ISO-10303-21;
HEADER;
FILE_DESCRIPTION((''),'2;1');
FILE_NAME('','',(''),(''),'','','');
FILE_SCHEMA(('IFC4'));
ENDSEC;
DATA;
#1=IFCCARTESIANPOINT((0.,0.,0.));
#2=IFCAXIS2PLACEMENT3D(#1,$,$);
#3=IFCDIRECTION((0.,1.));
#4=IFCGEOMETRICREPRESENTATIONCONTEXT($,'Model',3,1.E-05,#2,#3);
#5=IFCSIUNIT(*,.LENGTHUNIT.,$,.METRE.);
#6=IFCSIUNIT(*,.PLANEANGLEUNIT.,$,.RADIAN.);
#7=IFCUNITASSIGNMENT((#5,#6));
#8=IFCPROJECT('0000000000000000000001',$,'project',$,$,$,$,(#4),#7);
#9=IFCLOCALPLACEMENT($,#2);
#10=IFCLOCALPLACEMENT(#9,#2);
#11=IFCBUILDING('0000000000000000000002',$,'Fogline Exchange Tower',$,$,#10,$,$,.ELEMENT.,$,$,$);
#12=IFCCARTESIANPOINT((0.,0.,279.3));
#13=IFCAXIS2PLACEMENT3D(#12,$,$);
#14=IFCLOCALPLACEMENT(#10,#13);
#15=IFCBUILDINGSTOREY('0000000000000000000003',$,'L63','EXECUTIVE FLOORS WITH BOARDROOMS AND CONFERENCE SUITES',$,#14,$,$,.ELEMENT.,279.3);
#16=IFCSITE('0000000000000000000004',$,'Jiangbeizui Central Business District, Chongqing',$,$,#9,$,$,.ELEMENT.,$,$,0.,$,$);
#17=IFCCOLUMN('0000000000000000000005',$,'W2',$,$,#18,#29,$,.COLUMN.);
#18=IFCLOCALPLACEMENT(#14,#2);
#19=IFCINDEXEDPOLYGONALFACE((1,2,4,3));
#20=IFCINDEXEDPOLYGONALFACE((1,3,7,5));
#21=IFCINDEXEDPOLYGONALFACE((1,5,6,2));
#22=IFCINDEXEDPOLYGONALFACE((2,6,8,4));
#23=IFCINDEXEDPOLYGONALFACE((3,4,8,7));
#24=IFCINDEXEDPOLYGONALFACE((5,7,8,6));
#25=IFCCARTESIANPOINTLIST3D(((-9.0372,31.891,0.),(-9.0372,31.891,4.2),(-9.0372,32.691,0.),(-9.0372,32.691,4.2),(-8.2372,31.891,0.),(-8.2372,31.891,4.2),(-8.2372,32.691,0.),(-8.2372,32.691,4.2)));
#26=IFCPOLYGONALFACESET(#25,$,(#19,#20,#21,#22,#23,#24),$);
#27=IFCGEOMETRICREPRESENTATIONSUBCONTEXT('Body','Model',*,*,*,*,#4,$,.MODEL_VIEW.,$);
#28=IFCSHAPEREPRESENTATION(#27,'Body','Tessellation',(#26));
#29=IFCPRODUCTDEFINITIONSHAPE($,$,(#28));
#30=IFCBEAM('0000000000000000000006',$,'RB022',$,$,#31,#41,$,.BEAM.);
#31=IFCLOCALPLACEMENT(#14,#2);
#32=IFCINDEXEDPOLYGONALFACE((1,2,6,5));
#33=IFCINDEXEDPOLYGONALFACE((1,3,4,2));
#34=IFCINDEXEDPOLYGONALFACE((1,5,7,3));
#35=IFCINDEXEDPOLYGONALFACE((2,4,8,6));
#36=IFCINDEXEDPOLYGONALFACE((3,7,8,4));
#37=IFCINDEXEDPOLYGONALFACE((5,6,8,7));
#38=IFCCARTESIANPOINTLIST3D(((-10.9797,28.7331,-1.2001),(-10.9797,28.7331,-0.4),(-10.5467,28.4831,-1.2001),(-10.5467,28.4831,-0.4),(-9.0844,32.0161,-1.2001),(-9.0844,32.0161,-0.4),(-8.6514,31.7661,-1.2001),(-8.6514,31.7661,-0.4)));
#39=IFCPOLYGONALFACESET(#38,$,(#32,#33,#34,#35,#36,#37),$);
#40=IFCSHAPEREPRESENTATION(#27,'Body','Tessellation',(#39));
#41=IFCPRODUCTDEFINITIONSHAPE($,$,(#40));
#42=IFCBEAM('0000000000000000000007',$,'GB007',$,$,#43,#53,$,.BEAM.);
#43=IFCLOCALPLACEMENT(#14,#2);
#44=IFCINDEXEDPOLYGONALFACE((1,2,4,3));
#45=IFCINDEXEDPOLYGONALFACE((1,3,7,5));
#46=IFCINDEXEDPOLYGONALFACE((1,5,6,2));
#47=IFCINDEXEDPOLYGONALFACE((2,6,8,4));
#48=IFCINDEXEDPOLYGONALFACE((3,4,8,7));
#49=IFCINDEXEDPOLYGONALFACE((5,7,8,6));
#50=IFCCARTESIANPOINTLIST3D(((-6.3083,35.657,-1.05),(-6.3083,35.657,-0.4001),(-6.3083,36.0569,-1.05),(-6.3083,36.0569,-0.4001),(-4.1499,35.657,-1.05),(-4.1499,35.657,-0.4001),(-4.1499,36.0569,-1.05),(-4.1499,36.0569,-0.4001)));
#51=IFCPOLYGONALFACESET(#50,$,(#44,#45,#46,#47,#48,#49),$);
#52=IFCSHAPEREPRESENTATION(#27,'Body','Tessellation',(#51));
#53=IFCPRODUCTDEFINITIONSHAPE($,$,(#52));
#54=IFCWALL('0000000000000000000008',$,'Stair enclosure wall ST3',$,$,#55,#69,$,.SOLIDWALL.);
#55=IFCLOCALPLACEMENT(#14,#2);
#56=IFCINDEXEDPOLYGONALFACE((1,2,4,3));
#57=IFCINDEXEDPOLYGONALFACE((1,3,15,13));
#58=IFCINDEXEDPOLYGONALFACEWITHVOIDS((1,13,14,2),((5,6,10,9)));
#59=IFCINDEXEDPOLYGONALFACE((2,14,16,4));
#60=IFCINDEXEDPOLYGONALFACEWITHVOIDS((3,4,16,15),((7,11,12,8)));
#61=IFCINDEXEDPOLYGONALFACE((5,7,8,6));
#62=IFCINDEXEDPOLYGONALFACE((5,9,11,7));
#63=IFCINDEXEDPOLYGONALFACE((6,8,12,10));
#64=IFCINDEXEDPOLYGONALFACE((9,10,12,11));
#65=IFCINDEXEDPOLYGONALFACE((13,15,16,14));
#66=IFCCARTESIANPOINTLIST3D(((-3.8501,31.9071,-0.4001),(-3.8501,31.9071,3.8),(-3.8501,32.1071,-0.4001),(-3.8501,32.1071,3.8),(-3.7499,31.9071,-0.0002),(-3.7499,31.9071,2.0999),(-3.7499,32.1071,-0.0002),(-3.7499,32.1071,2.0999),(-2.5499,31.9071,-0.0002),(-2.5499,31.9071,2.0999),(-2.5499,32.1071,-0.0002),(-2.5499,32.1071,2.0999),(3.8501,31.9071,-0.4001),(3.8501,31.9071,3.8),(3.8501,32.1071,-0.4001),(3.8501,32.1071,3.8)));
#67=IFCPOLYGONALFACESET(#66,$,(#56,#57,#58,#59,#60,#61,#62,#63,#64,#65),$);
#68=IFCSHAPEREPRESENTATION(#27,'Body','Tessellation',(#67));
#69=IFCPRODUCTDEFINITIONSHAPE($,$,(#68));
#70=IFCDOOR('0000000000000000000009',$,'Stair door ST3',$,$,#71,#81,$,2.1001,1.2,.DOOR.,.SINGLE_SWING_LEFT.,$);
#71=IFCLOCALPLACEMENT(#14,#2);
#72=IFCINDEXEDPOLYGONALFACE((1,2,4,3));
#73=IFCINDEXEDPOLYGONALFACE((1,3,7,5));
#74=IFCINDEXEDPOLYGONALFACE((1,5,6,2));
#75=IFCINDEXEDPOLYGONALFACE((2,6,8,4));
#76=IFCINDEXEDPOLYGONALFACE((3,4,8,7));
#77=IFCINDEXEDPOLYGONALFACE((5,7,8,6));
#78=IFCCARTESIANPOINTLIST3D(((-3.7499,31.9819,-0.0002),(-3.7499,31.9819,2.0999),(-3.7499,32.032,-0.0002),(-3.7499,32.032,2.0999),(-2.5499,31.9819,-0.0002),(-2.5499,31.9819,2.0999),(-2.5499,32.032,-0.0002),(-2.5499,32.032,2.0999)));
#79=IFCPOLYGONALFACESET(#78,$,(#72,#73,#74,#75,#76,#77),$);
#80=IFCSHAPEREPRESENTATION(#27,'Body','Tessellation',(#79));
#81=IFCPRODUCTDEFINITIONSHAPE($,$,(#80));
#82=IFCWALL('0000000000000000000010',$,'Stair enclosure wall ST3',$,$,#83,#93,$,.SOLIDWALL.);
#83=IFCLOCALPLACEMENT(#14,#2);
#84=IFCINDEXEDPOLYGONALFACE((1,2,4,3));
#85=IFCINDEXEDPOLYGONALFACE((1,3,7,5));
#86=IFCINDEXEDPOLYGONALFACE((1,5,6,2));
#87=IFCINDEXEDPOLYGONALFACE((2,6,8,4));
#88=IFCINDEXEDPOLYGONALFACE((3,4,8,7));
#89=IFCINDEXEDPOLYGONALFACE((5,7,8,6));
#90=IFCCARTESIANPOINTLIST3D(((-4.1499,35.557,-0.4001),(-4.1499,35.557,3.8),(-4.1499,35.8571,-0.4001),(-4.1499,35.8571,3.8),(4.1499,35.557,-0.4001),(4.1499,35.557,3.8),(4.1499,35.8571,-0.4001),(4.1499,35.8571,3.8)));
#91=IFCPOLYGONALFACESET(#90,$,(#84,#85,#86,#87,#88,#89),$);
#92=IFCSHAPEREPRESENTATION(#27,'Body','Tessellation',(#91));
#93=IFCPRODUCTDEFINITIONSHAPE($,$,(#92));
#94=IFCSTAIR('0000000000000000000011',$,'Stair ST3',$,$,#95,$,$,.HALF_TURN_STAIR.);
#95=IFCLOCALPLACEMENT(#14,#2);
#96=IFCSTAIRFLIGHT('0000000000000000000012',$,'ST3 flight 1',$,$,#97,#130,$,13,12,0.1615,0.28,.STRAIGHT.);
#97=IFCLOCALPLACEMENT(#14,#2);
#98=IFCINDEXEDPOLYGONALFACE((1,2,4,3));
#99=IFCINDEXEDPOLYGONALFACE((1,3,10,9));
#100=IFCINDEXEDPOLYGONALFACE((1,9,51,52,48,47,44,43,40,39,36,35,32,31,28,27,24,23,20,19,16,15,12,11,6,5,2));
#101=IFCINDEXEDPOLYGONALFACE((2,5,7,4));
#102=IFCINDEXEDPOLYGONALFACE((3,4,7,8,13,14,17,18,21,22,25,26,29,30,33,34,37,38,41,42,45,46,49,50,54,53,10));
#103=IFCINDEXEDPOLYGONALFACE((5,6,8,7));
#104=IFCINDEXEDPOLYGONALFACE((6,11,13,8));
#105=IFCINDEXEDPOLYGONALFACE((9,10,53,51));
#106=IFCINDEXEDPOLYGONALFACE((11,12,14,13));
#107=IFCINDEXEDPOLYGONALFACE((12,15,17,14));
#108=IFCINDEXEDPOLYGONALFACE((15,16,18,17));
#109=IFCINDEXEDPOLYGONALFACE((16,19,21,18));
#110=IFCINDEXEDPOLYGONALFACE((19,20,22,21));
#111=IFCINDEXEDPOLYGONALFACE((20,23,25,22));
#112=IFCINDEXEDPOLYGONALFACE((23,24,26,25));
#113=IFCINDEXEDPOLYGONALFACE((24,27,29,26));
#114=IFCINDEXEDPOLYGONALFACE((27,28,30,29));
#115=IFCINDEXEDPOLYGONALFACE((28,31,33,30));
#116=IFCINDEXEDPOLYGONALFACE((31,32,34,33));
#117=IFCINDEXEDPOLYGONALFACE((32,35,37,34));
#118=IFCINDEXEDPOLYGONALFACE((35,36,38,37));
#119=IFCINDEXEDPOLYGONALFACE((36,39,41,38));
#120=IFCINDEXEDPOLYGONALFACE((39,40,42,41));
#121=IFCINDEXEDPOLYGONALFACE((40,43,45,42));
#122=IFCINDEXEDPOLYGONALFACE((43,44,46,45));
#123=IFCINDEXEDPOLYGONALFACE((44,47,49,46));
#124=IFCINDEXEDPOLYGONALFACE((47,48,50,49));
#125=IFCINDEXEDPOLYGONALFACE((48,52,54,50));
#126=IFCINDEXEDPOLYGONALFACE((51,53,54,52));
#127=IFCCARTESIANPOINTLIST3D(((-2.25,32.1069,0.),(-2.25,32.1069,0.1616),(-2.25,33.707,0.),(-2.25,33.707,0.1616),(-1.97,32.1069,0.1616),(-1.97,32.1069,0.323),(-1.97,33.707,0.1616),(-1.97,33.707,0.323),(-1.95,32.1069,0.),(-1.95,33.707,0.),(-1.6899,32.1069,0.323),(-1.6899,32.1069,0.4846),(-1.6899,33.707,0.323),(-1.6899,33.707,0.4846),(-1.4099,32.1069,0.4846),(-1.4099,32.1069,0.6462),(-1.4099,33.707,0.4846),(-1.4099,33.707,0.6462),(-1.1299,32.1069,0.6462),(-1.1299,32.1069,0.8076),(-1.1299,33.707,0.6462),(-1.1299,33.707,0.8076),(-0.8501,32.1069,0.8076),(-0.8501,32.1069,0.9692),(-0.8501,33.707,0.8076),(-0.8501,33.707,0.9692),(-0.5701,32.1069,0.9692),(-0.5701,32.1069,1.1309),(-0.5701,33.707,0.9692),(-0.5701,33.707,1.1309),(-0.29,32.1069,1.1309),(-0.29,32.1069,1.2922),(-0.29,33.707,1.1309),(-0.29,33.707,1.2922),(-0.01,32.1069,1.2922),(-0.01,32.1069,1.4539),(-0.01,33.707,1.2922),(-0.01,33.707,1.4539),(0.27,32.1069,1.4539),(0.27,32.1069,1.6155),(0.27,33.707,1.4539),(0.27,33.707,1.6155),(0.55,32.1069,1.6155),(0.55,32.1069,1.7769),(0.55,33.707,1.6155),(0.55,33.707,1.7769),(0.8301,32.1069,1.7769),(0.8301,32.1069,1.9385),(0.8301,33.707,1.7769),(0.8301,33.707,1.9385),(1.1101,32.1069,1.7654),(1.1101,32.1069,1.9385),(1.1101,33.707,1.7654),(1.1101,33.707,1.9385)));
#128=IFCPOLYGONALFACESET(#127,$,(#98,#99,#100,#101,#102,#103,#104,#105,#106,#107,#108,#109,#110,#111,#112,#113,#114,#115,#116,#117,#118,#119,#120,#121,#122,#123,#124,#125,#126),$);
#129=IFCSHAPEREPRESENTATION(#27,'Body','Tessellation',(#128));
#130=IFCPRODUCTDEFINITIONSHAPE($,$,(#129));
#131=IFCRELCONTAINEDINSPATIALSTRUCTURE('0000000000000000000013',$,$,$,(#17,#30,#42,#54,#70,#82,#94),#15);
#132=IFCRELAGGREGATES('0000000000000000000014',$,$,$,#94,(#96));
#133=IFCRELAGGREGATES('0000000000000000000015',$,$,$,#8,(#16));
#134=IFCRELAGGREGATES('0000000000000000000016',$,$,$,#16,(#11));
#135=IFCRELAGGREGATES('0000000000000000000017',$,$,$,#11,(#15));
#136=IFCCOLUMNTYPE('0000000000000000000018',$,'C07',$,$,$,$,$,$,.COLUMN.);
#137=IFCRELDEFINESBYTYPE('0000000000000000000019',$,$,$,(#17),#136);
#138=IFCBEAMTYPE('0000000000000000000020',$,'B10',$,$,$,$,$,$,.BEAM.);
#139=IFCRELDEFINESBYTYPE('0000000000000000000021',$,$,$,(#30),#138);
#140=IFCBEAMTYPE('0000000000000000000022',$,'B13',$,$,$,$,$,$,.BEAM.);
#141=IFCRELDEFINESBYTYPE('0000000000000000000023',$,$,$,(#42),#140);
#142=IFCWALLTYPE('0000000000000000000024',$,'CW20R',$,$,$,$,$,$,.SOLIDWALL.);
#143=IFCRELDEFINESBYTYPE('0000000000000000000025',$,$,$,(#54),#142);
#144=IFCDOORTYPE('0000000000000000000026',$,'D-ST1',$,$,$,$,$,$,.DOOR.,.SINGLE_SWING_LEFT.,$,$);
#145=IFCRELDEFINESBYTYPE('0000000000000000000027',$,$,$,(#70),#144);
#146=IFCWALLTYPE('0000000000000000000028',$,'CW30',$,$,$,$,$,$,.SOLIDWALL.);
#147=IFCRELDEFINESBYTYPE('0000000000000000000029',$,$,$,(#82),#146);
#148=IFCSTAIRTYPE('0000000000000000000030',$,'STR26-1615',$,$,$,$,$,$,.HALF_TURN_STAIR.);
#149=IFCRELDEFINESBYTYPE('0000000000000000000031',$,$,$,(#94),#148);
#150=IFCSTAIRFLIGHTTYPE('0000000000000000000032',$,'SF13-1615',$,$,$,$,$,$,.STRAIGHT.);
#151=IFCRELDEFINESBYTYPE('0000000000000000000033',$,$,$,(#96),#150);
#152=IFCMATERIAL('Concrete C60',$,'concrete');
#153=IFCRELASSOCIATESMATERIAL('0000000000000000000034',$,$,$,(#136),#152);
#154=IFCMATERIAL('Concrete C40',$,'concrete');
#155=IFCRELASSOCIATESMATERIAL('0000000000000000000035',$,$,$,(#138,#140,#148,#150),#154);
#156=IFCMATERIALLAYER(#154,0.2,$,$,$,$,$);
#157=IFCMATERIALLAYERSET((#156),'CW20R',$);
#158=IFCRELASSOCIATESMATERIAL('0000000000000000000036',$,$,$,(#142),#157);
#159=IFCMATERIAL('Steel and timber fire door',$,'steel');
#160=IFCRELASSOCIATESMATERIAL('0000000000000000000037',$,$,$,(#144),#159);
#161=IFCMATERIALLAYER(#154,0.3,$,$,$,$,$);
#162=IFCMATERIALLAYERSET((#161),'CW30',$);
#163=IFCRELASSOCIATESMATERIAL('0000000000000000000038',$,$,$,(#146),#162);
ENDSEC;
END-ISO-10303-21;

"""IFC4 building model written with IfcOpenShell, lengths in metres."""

from ifc_helpers import new_model, si_unit, direction, frame, frame_2d, origin, origin_2d, place, context, subcontext, project, spatial, polyline, rectangle, outline, extrude, material, layer, layer_set, material_profile, profile_set, type_object, element, fill, aggregate, save


model = new_model("IFC4")

# Units and contexts
model_context = context("Model", 3, precision=1e-05, world=origin(), true_north=direction((0.0, 1.0)))
body_context = subcontext(model_context, "Body", "Model", "MODEL_VIEW")
ifc_project = project(units=[si_unit("LENGTHUNIT", "METRE"), si_unit("PLANEANGLEUNIT", "RADIAN")], contexts=[model_context])

# Site, building, storey
site_placement = place(None, origin())
site = spatial("IfcSite", under=ifc_project, at=site_placement, Name="Jiangbeizui Central Business District, Chongqing", CompositionType="ELEMENT", RefElevation=0.0)
building_placement = place(site_placement, origin())
building = spatial("IfcBuilding", under=site, at=building_placement, Name="Fogline Exchange Tower", CompositionType="ELEMENT")
storey_placement = place(building_placement, frame((0.0, 0.0, 279.3)))
storey = spatial("IfcBuildingStorey", under=building, at=storey_placement, Name="L63", Description="EXECUTIVE FLOORS WITH BOARDROOMS AND CONFERENCE SUITES", CompositionType="ELEMENT", Elevation=279.3)

# Column
ifc_material_1 = material(Name="Concrete C60", Category="concrete")
ifc_material_profile_1 = material_profile(ifc_material_1, rectangle(XDim=0.8, YDim=0.8, at=origin_2d()), Name="RC 800x800")
ifc_profile_set_1 = profile_set([ifc_material_profile_1], Name="Concrete C60")
column_type = type_object("IfcColumnType", Name="C07", PredefinedType="COLUMN", material=ifc_profile_set_1)
column_placement = place(storey_placement, frame((-8.6372, 32.291, 0.0), z_axis=(0.0, 0.0, 1.0), x_axis=(1.0, 0.0, 0.0)))
element("IfcColumn", 1, at=column_placement, inside=storey, type_object=column_type, Name="W2", PredefinedType="COLUMN", context=body_context, shape_type="SweptSolid", body=[
    extrude(rectangle(XDim=0.8, YDim=0.8, at=origin_2d()), origin(), (0.0, 0.0, 1.0), 4.2),
])

# Beams
ifc_material_2 = material(Name="Concrete C40", Category="concrete")
ifc_material_profile_2 = material_profile(ifc_material_2, rectangle(XDim=0.5, YDim=0.8, at=origin_2d()), Name="RC 500x800")
ifc_profile_set_2 = profile_set([ifc_material_profile_2], Name="Concrete C40")
beam_type_1 = type_object("IfcBeamType", Name="B10", PredefinedType="BEAM", material=ifc_profile_set_2)
beam_1_placement = place(storey_placement, frame((-8.8679, 31.8911, -0.8), z_axis=(-0.49997, -0.866043, 0.0), x_axis=(0.866043, -0.49997, 0.0)))
element("IfcBeam", 2, at=beam_1_placement, inside=storey, type_object=beam_type_1, Name="RB022", PredefinedType="BEAM", context=body_context, shape_type="SweptSolid", body=[
    extrude(rectangle(XDim=0.5, YDim=0.8, at=origin_2d()), origin(), (0.0, 0.0, 1.0), 3.7908),
])
ifc_material_profile_3 = material_profile(ifc_material_2, rectangle(XDim=0.3999, YDim=0.6499, at=origin_2d()), Name="RC 400x650")
ifc_profile_set_3 = profile_set([ifc_material_profile_3], Name="Concrete C40")
beam_type_2 = type_object("IfcBeamType", Name="B13", PredefinedType="BEAM", material=ifc_profile_set_3)
beam_2_placement = place(storey_placement, frame((-6.3083, 35.8569, -0.7251), z_axis=(1.0, 0.0, 0.0), x_axis=(0.0, 1.0, 0.0)))
element("IfcBeam", 3, at=beam_2_placement, inside=storey, type_object=beam_type_2, Name="GB007", PredefinedType="BEAM", context=body_context, shape_type="SweptSolid", body=[
    extrude(rectangle(XDim=0.3999, YDim=0.6499, at=origin_2d()), origin(), (0.0, 0.0, 1.0), 2.1584),
])

# Wall, opening, door
ifc_layer_1 = layer(ifc_material_2, 0.2)
ifc_layer_set_1 = layer_set([ifc_layer_1], Name="CW20R")
wall_type_1 = type_object("IfcWallType", Name="CW20R", PredefinedType="SOLIDWALL", material=ifc_layer_set_1)
wall_1_placement = place(storey_placement, frame((-3.8501, 32.0071, -0.4001), z_axis=(0.0, 0.0, 1.0), x_axis=(1.0, 0.0, 0.0)))
wall_1 = element("IfcWall", 4, at=wall_1_placement, inside=storey, type_object=wall_type_1, Name="Stair enclosure wall ST3", PredefinedType="SOLIDWALL", context=body_context, shape_type="SweptSolid", body=[
    extrude(rectangle(XDim=7.7002, YDim=0.2, at=frame_2d((3.8501, 0.0))), origin(), (0.0, 0.0, 1.0), 4.2002),
])
opening_placement = place(wall_1_placement, frame((0.1001, 0.0, 0.3999)))
opening = element("IfcOpeningElement", 5, at=opening_placement, cuts=wall_1, PredefinedType="OPENING", context=body_context, shape_type="SweptSolid", body=[
    extrude(rectangle(XDim=1.2, YDim=2.1001, at=frame_2d((0.6001, 1.05))), frame((0.0, 0.1099, 0.0), z_axis=(0.0, -1.0, 0.0), x_axis=(1.0, 0.0, 0.0)), (0.0, 0.0, 1.0), 0.22),
])
ifc_material_3 = material(Name="Steel and timber fire door", Category="steel")
door_type = type_object("IfcDoorType", Name="D-ST1", OperationType="SINGLE_SWING_LEFT", PredefinedType="DOOR", material=ifc_material_3)
door_placement = place(opening_placement, origin())
door = element("IfcDoor", 6, at=door_placement, inside=storey, type_object=door_type, Name="Stair door ST3", OperationType="SINGLE_SWING_LEFT", OverallHeight=2.1001, OverallWidth=1.2, PredefinedType="DOOR", context=body_context, shape_type="SweptSolid", body=[
    extrude(rectangle(XDim=1.2, YDim=2.1001, at=frame_2d((0.6001, 1.05))), frame((0.0, 0.0249, 0.0), z_axis=(0.0, -1.0, 0.0), x_axis=(1.0, 0.0, 0.0)), (0.0, 0.0, 1.0), 0.05),
])
fill(opening, door)

# Wall
ifc_layer_2 = layer(ifc_material_2, 0.3)
ifc_layer_set_2 = layer_set([ifc_layer_2], Name="CW30")
wall_type_2 = type_object("IfcWallType", Name="CW30", PredefinedType="SOLIDWALL", material=ifc_layer_set_2)
wall_2_placement = place(storey_placement, frame((-4.1499, 35.707, -0.4001), z_axis=(0.0, 0.0, 1.0), x_axis=(1.0, 0.0, 0.0)))
element("IfcWall", 7, at=wall_2_placement, inside=storey, type_object=wall_type_2, Name="Stair enclosure wall ST3", PredefinedType="SOLIDWALL", context=body_context, shape_type="SweptSolid", body=[
    extrude(rectangle(XDim=8.2998, YDim=0.3, at=frame_2d((4.1499, 0.0))), origin(), (0.0, 0.0, 1.0), 4.2002),
])

# Stair, stair flight
stair_type = type_object("IfcStairType", Name="STR26-1615", PredefinedType="HALF_TURN_STAIR", material=ifc_material_2)
stair_placement = place(storey_placement, origin())
stair = element("IfcStair", 8, at=stair_placement, inside=storey, type_object=stair_type, Name="Stair ST3", PredefinedType="HALF_TURN_STAIR")
stair_flight_type = type_object("IfcStairFlightType", Name="SF13-1615", PredefinedType="STRAIGHT", material=ifc_material_2)
stair_flight_placement = place(storey_placement, frame((-2.25, 32.907, 0.0), z_axis=(0.0, 0.0, 1.0), x_axis=(1.0, 0.0, 0.0)))
stair_flight = element("IfcStairFlight", 9, at=stair_flight_placement, type_object=stair_flight_type, Name="ST3 flight 1", NumberOfRisers=13, NumberOfTreads=12, PredefinedType="STRAIGHT", RiserHeight=0.1615, TreadLength=0.28, context=body_context, shape_type="SweptSolid", body=[
    extrude(outline(polyline([(0.0, 0.0), (0.0, 0.1616), (0.28, 0.1616), (0.28, 0.323), (0.5601, 0.323), (0.5601, 0.4846), (0.8401, 0.4846), (0.8401, 0.6462), (1.1201, 0.6462), (1.1201, 0.8076), (1.3999, 0.8076), (1.3999, 0.9692), (1.6799, 0.9692), (1.6799, 1.1309), (1.96, 1.1309), (1.96, 1.2922), (2.24, 1.2922), (2.24, 1.4539), (2.52, 1.4539), (2.52, 1.6155), (2.8, 1.6155), (2.8, 1.7769), (3.0801, 1.7769), (3.0801, 1.9385), (3.3601, 1.9385), (3.3601, 2.1001), (3.3601, 1.7654), (0.3, 0.0), (0.0, 0.0)])), frame((0.0, 0.8, 0.0), z_axis=(0.0, -1.0, 0.0), x_axis=(1.0, 0.0, 0.0)), (0.0, 0.0, 1.0), 1.6001),
])
aggregate(stair, [stair_flight])

save(model, "model.ifc")
